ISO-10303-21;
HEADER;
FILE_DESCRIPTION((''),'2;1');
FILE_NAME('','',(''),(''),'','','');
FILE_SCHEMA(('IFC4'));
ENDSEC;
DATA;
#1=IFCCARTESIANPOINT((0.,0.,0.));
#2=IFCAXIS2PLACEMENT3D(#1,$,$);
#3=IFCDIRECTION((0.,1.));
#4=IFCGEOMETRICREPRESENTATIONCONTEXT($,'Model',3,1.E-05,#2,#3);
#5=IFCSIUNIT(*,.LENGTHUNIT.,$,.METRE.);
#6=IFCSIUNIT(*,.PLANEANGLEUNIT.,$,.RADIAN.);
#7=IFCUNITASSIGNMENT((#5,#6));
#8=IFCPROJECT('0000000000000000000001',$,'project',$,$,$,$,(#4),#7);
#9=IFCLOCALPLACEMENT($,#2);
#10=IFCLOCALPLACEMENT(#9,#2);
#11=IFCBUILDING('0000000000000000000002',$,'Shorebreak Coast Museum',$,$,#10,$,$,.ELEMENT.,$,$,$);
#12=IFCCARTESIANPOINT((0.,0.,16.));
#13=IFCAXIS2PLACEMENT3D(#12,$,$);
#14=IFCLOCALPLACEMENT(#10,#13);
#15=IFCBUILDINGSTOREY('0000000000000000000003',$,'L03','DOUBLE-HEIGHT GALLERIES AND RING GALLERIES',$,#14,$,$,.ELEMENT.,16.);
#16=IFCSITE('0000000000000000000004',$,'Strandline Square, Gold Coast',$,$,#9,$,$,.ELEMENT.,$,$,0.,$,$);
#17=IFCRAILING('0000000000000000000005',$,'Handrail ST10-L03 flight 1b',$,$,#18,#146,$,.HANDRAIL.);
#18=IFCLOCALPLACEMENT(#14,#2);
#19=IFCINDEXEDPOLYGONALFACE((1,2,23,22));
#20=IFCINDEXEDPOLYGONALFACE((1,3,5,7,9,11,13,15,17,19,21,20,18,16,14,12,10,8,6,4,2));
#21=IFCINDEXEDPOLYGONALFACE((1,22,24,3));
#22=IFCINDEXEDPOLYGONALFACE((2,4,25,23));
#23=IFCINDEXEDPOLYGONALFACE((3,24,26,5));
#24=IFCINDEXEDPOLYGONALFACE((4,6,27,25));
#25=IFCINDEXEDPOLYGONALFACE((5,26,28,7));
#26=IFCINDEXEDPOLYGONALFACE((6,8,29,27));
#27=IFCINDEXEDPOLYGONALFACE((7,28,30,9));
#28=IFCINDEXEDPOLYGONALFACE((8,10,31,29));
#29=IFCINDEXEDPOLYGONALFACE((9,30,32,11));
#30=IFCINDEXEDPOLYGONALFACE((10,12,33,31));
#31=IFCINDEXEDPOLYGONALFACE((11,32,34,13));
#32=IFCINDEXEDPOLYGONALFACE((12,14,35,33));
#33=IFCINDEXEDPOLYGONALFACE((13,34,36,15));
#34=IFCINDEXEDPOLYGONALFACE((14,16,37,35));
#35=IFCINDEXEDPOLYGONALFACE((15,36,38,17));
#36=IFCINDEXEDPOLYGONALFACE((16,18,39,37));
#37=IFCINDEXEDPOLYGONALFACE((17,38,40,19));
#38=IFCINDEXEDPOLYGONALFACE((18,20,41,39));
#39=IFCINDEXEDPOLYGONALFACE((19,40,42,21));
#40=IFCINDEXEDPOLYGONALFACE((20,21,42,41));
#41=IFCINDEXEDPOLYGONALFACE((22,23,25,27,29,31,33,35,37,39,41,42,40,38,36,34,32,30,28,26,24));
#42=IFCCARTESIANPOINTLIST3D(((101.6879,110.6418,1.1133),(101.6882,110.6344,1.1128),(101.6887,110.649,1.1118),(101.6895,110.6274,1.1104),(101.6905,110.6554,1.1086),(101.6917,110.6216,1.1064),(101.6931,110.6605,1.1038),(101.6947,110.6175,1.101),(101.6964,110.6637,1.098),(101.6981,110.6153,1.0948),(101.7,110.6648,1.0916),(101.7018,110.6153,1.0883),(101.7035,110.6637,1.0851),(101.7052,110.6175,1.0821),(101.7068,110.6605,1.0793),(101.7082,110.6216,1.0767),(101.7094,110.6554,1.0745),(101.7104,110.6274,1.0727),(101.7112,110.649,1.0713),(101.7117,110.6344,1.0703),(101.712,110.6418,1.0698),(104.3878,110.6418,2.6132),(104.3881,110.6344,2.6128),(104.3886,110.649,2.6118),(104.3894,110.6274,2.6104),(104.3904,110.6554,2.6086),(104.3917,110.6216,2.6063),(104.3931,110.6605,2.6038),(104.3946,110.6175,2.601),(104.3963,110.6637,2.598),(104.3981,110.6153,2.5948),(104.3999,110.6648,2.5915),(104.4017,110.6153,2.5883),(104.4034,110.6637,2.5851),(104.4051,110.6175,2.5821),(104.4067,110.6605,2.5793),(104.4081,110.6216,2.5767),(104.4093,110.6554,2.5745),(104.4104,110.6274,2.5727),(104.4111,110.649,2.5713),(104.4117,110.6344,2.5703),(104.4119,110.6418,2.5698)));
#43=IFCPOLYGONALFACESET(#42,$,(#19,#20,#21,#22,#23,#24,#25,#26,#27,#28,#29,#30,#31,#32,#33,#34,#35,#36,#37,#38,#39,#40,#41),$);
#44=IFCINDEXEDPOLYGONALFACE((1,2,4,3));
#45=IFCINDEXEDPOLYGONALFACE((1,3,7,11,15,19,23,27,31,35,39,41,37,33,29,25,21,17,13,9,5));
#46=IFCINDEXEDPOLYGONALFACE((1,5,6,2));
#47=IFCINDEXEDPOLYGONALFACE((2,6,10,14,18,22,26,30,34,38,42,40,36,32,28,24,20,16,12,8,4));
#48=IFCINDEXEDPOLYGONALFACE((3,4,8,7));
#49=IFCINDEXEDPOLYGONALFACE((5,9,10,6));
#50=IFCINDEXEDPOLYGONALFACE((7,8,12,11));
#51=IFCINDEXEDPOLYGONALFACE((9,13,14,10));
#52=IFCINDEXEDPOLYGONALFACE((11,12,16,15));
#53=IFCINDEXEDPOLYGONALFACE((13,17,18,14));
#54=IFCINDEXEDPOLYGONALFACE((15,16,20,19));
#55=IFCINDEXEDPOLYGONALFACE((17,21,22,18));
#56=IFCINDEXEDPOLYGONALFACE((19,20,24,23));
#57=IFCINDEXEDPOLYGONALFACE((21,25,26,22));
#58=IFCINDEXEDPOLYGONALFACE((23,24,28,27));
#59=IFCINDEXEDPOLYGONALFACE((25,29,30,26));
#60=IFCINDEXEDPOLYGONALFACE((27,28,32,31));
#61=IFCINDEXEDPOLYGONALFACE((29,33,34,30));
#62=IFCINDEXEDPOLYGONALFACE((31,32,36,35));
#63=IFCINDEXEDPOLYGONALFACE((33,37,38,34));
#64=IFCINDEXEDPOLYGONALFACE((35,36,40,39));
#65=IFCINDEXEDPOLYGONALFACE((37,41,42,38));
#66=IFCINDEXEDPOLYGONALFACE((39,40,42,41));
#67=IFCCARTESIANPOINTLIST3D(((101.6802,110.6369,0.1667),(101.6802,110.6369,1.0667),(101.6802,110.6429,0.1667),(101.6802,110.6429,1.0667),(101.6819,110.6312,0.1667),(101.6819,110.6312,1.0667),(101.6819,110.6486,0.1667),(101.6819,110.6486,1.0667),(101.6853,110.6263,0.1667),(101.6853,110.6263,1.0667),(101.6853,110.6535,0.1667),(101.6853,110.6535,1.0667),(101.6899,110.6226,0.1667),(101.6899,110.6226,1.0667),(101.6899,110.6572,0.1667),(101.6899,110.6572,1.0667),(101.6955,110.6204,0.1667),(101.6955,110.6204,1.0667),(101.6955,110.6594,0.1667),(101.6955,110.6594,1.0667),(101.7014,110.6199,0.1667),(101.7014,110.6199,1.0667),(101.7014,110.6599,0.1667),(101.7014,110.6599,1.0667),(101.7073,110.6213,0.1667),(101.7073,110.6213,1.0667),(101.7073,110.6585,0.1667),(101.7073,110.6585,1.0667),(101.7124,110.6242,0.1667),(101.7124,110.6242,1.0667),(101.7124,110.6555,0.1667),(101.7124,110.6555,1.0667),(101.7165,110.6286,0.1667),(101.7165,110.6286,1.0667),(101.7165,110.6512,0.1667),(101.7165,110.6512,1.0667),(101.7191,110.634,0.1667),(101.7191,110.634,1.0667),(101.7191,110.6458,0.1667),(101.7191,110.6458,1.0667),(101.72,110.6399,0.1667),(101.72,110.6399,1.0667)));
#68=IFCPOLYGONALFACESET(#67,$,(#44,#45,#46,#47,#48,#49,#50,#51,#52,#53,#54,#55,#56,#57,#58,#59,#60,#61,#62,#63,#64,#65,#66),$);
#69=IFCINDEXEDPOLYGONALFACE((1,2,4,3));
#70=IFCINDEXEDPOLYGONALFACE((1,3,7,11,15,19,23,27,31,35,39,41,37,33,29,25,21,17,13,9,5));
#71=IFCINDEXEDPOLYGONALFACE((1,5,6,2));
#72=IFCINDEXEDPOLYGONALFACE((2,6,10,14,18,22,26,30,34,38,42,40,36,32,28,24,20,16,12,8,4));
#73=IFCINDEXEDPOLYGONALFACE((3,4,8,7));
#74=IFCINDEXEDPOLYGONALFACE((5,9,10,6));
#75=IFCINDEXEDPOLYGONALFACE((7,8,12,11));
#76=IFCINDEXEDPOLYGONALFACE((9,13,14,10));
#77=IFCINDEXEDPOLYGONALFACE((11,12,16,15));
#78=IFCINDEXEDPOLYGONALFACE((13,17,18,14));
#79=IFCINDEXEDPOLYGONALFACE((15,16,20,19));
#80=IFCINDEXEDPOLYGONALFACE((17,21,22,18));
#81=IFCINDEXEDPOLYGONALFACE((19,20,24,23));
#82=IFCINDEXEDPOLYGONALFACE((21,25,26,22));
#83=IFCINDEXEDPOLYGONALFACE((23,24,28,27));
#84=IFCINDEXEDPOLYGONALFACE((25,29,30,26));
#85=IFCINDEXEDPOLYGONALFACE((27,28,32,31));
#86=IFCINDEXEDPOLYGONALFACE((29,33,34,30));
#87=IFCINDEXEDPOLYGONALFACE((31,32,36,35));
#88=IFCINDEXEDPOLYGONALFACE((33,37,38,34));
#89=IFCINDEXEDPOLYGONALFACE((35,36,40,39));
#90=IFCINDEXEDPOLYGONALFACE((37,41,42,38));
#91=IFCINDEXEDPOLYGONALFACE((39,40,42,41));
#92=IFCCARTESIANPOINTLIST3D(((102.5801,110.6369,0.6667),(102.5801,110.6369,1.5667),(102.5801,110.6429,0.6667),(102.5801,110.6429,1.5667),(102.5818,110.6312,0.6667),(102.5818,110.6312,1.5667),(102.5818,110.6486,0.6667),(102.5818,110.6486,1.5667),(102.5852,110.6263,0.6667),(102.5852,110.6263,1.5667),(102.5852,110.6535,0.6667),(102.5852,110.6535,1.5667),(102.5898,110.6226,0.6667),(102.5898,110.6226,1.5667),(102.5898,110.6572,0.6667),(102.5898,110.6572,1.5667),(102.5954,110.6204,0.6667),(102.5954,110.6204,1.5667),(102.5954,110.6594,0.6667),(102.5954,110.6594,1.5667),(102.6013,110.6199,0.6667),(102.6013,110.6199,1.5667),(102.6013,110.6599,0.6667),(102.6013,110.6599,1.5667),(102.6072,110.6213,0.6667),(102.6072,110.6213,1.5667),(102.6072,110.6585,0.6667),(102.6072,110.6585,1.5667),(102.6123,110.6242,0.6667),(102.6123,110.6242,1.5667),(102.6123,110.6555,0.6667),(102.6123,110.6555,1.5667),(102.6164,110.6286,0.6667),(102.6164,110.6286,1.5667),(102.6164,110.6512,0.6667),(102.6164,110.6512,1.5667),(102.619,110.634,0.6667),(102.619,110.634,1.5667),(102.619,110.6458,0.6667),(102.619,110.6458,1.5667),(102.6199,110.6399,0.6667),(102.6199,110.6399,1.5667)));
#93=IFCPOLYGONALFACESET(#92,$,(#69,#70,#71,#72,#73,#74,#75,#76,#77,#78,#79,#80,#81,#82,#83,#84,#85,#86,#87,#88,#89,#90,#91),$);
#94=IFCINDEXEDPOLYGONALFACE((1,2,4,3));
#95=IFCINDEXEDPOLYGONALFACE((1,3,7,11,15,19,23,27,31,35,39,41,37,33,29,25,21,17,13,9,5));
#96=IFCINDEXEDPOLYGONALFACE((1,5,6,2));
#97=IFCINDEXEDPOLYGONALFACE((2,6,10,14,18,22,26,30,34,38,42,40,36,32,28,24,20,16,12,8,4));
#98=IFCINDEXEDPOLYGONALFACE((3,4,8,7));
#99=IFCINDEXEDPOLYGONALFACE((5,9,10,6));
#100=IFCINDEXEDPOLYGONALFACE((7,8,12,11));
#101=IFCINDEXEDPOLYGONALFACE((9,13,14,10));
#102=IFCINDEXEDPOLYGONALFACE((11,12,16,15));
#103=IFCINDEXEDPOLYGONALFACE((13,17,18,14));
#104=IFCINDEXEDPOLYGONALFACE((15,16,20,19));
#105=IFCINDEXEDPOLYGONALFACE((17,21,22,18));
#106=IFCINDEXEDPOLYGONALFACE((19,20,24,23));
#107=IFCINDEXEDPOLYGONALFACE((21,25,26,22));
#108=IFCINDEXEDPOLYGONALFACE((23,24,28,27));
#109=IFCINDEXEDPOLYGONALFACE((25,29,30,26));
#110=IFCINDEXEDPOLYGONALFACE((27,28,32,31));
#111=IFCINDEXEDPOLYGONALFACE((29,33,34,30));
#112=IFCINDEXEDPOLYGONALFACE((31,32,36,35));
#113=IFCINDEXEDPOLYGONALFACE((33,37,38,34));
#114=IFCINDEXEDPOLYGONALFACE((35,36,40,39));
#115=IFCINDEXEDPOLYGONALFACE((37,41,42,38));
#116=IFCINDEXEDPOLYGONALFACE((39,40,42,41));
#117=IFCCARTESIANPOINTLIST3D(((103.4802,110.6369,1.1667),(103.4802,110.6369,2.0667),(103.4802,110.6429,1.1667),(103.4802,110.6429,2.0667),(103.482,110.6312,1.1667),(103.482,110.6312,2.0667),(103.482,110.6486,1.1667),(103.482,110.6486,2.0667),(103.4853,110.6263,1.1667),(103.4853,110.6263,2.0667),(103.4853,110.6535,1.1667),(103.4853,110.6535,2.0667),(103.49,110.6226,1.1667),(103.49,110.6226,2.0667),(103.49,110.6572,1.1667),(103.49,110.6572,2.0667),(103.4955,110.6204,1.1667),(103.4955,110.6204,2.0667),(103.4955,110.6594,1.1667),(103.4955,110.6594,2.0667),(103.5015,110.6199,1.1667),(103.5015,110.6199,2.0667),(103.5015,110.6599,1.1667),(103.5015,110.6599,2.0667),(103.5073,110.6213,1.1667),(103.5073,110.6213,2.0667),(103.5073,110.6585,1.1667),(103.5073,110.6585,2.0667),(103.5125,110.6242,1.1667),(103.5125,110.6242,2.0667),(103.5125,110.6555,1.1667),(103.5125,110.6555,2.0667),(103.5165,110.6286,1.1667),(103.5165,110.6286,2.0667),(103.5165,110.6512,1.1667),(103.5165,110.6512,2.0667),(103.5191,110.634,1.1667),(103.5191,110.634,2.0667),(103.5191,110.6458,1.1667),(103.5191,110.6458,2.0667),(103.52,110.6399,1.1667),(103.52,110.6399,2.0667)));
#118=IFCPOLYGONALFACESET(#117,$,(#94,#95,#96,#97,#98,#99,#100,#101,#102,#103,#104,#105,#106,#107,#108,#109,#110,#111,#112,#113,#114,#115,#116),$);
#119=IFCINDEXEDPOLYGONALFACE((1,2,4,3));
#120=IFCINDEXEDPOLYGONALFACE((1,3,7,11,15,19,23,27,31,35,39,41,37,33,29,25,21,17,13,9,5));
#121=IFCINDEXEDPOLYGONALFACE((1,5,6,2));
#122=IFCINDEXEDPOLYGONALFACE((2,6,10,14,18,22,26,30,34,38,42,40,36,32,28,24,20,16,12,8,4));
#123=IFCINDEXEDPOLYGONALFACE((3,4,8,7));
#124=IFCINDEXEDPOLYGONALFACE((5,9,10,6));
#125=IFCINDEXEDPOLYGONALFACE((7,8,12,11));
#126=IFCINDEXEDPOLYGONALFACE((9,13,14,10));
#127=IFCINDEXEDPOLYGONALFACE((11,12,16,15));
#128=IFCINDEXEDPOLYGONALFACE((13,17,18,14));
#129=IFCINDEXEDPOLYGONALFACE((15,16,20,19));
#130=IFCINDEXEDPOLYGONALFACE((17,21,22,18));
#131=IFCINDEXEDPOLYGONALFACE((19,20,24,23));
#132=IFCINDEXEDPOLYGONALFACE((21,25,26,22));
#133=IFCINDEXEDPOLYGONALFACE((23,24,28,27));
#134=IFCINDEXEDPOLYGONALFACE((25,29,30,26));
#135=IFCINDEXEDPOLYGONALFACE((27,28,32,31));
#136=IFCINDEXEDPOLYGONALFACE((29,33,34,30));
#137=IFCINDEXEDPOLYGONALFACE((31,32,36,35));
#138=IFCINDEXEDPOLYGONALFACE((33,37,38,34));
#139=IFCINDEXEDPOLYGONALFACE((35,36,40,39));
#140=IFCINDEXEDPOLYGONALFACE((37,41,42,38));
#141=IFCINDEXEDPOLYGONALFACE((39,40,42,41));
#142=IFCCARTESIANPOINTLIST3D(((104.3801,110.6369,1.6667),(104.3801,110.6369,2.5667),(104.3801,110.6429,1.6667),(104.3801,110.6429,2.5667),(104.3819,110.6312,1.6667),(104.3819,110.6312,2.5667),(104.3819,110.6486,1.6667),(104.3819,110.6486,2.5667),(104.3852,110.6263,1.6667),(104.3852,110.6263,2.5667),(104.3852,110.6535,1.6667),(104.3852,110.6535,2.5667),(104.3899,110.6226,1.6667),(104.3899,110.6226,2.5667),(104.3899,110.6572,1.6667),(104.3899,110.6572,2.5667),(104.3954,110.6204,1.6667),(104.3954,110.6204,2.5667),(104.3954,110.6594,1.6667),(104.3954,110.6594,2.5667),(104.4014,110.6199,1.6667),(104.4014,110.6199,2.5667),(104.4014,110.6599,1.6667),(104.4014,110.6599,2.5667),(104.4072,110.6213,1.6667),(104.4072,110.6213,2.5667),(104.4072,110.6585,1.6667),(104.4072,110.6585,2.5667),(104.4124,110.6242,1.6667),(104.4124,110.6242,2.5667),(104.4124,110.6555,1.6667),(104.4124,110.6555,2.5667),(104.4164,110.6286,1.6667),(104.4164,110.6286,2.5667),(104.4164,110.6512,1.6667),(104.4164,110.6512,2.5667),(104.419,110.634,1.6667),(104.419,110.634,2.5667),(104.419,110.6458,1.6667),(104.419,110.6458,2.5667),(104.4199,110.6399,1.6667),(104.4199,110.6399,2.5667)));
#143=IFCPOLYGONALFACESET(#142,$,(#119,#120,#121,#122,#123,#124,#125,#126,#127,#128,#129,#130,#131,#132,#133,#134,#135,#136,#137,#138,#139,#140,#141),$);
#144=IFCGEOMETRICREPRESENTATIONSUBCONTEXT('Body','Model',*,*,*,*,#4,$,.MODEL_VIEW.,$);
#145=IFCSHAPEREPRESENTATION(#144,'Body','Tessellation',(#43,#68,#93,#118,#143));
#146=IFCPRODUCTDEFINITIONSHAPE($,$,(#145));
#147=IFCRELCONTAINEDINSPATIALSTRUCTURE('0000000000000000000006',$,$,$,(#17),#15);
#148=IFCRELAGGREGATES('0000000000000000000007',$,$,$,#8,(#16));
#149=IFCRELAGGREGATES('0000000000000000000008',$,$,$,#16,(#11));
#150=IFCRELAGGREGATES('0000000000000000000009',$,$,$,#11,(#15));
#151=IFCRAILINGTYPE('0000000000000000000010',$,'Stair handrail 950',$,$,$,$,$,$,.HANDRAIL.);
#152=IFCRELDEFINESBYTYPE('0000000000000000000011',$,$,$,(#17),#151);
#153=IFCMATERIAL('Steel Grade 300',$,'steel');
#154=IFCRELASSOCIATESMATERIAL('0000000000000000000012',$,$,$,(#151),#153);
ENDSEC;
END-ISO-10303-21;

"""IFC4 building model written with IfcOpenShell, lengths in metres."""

from ifc_helpers import new_model, si_unit, direction, frame, origin, origin_2d, place, context, subcontext, project, spatial, circle, extrude, material, type_object, element, save


model = new_model("IFC4")

# Units and contexts
model_context = context("Model", 3, precision=1e-05, world=origin(), true_north=direction((0.0, 1.0)))
body_context = subcontext(model_context, "Body", "Model", "MODEL_VIEW")
ifc_project = project(units=[si_unit("LENGTHUNIT", "METRE"), si_unit("PLANEANGLEUNIT", "RADIAN")], contexts=[model_context])

# Site, building, storey
site_placement = place(None, origin())
site = spatial("IfcSite", under=ifc_project, at=site_placement, Name="Strandline Square, Gold Coast", CompositionType="ELEMENT", RefElevation=0.0)
building_placement = place(site_placement, origin())
building = spatial("IfcBuilding", under=site, at=building_placement, Name="Shorebreak Coast Museum", CompositionType="ELEMENT")
storey_placement = place(building_placement, frame((0.0, 0.0, 16.0)))
storey = spatial("IfcBuildingStorey", under=building, at=storey_placement, Name="L03", Description="DOUBLE-HEIGHT GALLERIES AND RING GALLERIES", CompositionType="ELEMENT", Elevation=16.0)

# Railing
ifc_material_1 = material(Name="Steel Grade 300", Category="steel")
railing_type_1 = type_object("IfcRailingType", Name="Stair handrail 950", PredefinedType="HANDRAIL", material=ifc_material_1)
for number, where, name in (
    (1, (101.7, 110.6399, 0.1667), "Handrail ST10-L03 flight 1b"),
):
    element("IfcRailing", number, at=place(storey_placement, frame(where)), inside=storey, type_object=railing_type_1, Name=name, PredefinedType="HANDRAIL", context=body_context, shape_type="SweptSolid", body=[
        extrude(circle(Radius=0.0249, at=origin_2d()), frame((0.0, 0.0, 0.9248), z_axis=(0.874154, 0.0, 0.48565), x_axis=(0.0, 1.0, 0.0)), (0.0, 0.0, 1.0), 3.0886),
        extrude(circle(Radius=0.02, at=origin_2d()), origin(), (0.0, 0.0, 1.0), 0.8999),
        extrude(circle(Radius=0.02, at=origin_2d()), frame((0.8999, 0.0, 0.5)), (0.0, 0.0, 1.0), 0.8999),
        extrude(circle(Radius=0.02, at=origin_2d()), frame((1.8, 0.0, 1.0)), (0.0, 0.0, 1.0), 0.8999),
        extrude(circle(Radius=0.02, at=origin_2d()), frame((2.7, 0.0, 1.5)), (0.0, 0.0, 1.0), 0.8999),
    ])

save(model, "model.ifc")
